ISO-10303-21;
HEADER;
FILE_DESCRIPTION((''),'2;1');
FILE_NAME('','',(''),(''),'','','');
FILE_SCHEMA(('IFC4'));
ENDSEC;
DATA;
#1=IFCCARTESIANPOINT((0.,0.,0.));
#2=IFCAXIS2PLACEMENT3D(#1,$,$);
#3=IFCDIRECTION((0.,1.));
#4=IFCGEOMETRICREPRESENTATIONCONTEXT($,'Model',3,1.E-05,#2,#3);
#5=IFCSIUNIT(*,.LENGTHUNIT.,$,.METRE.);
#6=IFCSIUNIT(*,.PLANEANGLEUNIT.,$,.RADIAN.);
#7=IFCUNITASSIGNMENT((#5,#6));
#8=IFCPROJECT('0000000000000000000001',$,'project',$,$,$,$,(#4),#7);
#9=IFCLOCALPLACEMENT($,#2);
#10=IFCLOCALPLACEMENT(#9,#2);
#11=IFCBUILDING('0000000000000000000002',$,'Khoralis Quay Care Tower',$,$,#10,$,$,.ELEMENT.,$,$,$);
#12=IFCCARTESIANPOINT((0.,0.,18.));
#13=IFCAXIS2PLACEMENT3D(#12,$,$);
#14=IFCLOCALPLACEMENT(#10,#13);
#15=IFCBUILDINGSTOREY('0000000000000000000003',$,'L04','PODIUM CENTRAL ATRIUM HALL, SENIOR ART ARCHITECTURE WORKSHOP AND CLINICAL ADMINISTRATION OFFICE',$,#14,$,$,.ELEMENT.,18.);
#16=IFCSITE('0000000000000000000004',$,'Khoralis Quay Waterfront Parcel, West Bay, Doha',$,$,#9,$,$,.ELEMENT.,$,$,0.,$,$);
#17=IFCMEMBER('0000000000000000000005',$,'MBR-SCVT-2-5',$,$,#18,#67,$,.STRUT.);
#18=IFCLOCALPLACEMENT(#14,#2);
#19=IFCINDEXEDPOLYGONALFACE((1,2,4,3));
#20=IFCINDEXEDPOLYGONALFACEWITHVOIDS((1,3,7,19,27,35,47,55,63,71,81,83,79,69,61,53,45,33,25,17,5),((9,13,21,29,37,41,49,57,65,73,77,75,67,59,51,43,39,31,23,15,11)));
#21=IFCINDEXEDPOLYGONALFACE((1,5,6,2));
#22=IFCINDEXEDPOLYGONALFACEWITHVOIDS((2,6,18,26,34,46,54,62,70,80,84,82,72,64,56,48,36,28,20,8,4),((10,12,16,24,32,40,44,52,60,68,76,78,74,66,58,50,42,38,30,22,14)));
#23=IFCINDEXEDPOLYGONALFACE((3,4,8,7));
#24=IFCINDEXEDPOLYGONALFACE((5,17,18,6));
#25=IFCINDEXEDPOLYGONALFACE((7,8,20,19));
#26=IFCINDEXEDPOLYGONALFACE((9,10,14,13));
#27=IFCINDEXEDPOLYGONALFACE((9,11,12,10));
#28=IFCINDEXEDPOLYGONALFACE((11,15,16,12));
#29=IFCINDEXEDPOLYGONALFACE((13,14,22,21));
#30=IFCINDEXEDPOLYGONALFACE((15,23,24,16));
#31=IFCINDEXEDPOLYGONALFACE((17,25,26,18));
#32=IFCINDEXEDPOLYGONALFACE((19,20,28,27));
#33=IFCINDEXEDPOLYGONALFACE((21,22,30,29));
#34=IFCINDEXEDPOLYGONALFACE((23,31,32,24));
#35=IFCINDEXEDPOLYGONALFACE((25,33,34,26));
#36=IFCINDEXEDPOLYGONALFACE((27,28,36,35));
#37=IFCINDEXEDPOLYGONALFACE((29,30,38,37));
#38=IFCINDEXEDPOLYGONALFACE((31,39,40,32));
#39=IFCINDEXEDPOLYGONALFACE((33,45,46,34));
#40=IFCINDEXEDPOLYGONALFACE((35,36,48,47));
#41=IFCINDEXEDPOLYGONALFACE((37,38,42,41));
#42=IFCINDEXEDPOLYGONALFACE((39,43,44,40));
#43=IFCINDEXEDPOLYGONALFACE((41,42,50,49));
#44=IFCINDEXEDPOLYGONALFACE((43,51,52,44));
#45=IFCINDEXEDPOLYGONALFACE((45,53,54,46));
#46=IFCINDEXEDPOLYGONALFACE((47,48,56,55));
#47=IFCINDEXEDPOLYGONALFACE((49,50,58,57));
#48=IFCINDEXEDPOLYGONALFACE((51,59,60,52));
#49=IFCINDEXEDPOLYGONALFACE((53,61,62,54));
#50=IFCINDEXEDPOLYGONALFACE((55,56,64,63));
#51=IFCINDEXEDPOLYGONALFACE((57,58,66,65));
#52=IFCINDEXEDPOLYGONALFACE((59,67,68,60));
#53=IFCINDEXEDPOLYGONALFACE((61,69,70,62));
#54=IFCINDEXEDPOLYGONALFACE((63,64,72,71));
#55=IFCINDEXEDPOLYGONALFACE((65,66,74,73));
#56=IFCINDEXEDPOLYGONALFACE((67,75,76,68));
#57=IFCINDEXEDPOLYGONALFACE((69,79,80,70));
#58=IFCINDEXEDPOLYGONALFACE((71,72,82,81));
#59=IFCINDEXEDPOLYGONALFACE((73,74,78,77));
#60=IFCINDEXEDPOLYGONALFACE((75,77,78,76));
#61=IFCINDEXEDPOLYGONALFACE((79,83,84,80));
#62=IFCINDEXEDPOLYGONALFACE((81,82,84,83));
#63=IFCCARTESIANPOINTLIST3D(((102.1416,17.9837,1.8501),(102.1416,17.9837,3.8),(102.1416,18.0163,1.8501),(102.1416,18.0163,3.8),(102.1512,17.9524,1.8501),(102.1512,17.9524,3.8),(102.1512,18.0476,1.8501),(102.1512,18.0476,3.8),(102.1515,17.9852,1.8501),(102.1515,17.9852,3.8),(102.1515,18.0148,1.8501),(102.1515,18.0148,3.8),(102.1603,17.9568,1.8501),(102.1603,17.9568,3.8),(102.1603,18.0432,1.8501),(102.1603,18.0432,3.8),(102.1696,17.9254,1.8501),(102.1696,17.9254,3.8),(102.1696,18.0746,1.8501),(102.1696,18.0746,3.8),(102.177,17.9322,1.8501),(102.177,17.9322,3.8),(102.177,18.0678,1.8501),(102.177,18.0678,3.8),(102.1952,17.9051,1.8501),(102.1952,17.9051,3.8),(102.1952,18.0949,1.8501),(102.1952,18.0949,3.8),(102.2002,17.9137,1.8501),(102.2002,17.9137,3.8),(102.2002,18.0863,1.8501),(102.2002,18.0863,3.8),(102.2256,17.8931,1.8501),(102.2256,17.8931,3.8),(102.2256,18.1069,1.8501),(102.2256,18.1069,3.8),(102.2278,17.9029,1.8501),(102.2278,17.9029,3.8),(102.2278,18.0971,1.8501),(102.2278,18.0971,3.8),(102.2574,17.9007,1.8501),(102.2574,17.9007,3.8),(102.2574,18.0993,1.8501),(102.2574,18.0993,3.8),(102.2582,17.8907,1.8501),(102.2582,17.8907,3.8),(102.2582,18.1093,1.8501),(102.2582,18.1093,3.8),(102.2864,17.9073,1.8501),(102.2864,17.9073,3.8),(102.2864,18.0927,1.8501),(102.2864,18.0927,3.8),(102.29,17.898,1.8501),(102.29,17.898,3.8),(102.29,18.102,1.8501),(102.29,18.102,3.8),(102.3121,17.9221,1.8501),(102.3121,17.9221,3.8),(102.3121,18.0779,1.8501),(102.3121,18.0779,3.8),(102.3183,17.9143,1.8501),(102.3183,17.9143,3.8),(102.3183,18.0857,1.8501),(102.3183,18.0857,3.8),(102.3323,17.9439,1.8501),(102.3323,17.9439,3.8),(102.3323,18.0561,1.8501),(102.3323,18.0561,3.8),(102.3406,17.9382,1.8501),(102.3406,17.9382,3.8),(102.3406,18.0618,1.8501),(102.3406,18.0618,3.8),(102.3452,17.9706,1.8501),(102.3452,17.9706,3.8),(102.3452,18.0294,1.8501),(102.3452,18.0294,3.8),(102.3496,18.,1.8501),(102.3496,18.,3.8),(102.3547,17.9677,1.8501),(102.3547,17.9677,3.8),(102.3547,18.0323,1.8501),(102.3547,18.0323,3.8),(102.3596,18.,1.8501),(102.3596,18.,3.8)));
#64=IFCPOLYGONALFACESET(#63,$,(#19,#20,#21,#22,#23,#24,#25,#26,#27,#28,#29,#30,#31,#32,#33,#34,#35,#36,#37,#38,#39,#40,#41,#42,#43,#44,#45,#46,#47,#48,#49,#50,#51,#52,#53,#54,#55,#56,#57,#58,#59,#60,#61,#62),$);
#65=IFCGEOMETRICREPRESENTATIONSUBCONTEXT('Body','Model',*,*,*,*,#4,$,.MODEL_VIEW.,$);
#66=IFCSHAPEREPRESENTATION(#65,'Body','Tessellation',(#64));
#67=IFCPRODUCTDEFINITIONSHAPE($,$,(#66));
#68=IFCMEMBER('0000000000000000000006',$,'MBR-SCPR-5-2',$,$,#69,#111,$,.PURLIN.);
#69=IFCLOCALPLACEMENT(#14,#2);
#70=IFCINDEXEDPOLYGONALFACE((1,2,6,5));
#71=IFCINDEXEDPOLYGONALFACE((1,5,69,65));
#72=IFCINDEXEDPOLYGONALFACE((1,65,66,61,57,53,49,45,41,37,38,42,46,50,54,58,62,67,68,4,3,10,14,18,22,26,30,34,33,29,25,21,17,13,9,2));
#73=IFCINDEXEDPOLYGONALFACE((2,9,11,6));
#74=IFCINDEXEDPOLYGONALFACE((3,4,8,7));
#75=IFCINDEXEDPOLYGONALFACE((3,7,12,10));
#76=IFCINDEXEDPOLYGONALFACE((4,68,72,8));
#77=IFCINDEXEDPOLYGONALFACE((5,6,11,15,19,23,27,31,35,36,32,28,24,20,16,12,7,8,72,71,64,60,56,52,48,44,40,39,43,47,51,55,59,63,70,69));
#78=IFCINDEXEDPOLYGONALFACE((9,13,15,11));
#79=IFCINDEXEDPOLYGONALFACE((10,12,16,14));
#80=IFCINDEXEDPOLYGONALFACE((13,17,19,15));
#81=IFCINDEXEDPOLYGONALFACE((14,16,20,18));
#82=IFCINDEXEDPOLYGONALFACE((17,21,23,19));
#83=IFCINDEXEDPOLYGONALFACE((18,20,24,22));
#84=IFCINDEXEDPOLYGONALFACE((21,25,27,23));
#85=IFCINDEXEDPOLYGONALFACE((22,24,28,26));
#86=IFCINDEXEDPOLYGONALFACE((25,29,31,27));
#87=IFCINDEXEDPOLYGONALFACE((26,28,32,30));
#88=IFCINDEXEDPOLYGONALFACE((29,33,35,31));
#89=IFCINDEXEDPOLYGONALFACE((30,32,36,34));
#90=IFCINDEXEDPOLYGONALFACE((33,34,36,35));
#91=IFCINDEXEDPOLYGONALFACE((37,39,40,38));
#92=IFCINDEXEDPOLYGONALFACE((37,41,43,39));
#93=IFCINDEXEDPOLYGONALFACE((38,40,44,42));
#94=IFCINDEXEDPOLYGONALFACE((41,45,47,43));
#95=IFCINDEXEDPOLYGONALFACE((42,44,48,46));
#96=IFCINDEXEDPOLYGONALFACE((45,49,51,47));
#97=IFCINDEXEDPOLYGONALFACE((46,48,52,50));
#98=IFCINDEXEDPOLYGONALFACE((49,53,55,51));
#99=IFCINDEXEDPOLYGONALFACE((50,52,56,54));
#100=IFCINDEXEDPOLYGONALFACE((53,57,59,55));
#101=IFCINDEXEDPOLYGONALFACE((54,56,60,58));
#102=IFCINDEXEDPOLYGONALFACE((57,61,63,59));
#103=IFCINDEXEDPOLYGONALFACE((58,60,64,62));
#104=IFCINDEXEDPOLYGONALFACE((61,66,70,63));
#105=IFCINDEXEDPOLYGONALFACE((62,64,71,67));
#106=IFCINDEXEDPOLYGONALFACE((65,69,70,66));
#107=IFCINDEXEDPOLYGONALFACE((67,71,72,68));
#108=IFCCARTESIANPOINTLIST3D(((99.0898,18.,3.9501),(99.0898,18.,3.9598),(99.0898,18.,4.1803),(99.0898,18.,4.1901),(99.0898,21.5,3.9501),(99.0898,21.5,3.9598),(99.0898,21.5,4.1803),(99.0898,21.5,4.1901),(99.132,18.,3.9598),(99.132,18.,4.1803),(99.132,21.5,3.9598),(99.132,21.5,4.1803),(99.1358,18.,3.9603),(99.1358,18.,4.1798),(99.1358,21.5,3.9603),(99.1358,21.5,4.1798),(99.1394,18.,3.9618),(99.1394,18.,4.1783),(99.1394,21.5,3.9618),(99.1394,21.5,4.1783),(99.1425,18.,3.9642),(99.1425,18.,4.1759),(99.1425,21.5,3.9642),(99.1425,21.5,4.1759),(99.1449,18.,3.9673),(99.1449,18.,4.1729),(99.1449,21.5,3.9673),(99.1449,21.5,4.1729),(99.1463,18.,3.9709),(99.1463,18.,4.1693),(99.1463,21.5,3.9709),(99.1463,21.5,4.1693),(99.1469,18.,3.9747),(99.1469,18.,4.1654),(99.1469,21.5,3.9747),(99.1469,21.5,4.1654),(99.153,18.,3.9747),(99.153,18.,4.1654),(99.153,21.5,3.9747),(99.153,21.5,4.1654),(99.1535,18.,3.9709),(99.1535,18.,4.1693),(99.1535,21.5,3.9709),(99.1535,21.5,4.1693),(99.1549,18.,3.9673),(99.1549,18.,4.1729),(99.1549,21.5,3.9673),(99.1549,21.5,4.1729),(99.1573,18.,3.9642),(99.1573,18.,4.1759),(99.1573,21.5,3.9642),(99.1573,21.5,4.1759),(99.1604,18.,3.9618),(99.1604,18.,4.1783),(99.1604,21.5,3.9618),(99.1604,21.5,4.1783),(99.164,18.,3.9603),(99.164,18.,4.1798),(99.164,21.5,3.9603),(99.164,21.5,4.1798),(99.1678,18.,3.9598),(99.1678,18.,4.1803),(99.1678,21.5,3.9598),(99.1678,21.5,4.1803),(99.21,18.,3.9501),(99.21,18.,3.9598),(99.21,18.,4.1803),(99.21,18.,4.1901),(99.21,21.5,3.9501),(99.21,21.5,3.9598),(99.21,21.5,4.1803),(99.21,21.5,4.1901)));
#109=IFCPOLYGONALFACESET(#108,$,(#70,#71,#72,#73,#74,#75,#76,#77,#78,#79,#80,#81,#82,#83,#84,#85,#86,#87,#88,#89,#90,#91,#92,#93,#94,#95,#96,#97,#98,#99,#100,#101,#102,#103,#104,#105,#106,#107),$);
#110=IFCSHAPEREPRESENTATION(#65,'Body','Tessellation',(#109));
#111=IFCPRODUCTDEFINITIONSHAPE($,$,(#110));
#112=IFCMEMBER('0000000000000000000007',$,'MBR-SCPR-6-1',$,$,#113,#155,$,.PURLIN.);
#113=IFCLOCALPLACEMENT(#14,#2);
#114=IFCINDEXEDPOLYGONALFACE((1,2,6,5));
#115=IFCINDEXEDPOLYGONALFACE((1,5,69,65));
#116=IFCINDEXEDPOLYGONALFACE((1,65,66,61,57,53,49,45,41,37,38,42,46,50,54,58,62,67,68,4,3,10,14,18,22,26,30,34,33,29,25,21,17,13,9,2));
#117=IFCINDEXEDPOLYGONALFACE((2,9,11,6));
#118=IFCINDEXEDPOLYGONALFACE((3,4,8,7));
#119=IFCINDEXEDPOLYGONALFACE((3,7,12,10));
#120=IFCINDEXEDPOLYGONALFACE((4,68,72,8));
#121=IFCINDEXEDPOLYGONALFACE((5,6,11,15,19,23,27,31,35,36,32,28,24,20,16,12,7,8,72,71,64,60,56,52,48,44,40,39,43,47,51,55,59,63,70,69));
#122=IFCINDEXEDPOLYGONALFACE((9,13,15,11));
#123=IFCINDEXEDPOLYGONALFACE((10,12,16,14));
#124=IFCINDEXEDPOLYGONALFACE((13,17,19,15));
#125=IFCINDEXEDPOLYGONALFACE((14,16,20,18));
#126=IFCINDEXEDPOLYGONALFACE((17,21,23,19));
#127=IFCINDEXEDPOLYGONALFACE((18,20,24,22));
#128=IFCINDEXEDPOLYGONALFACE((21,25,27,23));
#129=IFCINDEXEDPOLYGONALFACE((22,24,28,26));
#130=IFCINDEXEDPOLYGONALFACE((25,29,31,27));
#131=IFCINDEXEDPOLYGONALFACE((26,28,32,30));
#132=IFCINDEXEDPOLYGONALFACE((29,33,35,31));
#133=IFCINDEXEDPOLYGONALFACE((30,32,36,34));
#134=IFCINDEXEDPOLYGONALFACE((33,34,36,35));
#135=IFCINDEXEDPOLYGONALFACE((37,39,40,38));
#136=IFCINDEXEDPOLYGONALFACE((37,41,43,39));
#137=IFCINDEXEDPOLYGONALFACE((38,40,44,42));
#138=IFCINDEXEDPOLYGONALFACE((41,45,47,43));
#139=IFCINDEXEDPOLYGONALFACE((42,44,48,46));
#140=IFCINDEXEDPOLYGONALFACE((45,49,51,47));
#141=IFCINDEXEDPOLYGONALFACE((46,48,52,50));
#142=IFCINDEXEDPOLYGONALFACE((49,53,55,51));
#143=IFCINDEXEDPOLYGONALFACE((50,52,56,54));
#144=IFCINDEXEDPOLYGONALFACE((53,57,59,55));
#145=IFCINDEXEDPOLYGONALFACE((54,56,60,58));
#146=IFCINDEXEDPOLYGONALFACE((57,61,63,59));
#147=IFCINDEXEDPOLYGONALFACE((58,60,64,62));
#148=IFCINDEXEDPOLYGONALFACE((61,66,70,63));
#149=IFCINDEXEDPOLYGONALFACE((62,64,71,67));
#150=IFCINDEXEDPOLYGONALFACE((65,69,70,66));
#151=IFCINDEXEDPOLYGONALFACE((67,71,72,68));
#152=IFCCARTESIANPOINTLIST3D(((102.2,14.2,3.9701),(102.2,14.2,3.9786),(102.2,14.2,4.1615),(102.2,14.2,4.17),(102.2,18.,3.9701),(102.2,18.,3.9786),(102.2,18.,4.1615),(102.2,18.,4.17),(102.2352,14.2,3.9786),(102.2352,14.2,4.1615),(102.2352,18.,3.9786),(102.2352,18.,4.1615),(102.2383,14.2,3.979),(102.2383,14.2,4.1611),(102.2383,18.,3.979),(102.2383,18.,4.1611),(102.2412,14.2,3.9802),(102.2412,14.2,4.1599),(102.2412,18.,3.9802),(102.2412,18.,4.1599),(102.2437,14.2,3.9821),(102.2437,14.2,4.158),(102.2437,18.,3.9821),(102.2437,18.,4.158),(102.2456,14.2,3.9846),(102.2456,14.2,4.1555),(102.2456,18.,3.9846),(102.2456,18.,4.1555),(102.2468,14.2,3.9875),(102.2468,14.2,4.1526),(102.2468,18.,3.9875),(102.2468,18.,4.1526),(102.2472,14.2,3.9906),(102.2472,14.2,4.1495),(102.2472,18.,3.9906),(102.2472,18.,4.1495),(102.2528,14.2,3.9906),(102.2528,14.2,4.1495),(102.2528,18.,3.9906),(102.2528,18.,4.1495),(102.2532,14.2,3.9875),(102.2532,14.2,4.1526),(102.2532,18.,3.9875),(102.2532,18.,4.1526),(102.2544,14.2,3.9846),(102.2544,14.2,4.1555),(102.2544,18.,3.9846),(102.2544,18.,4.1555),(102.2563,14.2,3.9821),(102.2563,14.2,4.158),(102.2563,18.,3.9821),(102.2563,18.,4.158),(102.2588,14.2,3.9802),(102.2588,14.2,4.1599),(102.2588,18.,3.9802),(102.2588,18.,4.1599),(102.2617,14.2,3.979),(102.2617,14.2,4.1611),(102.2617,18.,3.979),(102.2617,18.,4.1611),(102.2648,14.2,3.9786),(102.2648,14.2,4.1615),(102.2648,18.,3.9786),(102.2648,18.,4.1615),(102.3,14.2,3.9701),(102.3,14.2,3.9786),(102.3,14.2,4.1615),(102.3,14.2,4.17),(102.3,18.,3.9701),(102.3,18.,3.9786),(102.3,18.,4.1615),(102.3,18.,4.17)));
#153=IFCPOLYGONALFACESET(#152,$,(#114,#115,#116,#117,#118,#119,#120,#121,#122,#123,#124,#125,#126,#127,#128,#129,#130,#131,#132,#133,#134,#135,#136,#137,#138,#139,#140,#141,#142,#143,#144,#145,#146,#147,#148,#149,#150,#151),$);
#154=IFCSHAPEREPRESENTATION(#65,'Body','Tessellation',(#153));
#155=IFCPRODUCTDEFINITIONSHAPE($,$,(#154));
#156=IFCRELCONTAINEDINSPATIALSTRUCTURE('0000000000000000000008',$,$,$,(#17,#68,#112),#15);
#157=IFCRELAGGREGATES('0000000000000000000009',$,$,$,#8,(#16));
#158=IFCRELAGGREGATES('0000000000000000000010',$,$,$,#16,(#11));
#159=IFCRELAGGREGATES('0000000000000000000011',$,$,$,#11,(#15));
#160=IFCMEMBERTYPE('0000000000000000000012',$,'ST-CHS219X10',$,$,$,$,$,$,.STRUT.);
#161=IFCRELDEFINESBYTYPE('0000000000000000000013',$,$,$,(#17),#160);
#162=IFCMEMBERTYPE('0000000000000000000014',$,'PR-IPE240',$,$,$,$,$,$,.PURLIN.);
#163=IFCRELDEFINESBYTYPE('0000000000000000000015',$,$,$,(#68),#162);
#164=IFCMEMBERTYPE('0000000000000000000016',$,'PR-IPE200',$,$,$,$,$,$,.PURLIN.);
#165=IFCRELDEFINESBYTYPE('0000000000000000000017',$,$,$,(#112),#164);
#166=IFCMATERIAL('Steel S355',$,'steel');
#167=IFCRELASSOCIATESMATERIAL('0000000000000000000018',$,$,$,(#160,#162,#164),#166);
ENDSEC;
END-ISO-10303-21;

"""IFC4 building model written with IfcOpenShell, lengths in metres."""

from ifc_helpers import new_model, si_unit, direction, frame, origin, origin_2d, place, context, subcontext, project, spatial, hollow_circle, i_section, extrude, source, transform, mapped, material, material_profile, profile_set, type_object, element, save


model = new_model("IFC4")

# Units and contexts
model_context = context("Model", 3, precision=1e-05, world=origin(), true_north=direction((0.0, 1.0)))
body_context = subcontext(model_context, "Body", "Model", "MODEL_VIEW")
ifc_project = project(units=[si_unit("LENGTHUNIT", "METRE"), si_unit("PLANEANGLEUNIT", "RADIAN")], contexts=[model_context])

# Site, building, storey
site_placement = place(None, origin())
site = spatial("IfcSite", under=ifc_project, at=site_placement, Name="Khoralis Quay Waterfront Parcel, West Bay, Doha", CompositionType="ELEMENT", RefElevation=0.0)
building_placement = place(site_placement, origin())
building = spatial("IfcBuilding", under=site, at=building_placement, Name="Khoralis Quay Care Tower", CompositionType="ELEMENT")
storey_placement = place(building_placement, frame((0.0, 0.0, 18.0)))
storey = spatial("IfcBuildingStorey", under=building, at=storey_placement, Name="L04", Description="PODIUM CENTRAL ATRIUM HALL, SENIOR ART ARCHITECTURE WORKSHOP AND CLINICAL ADMINISTRATION OFFICE", CompositionType="ELEMENT", Elevation=18.0)

# Members
ifc_material_1 = material(Name="Steel S355", Category="steel")
ifc_material_profile_1 = material_profile(ifc_material_1, hollow_circle(Radius=0.1096, WallThickness=0.01, at=origin_2d()), Name="Steel S355")
ifc_profile_set_1 = profile_set([ifc_material_profile_1], Name="Steel S355")
member_type_1 = type_object("IfcMemberType", Name="ST-CHS219X10", PredefinedType="STRUT", material=ifc_profile_set_1)
shared_shape_1 = source(origin(), body_context, "Body", "SweptSolid", [
    extrude(hollow_circle(Radius=0.1096, WallThickness=0.01, at=origin_2d()), origin(), (0.0, 0.0, 1.0), 1.95),
])
for number, where, z_axis, x_axis, name in (
    (1, (102.25, 18.0, 1.8501), (0.0, 0.0, 1.0), (1.0, 0.0, 0.0), "MBR-SCVT-2-5"),
):
    element("IfcMember", number, at=place(storey_placement, frame(where, z_axis=z_axis, x_axis=x_axis)), inside=storey, type_object=member_type_1, Name=name, PredefinedType="STRUT", context=body_context, shape_type="MappedRepresentation", body=[
        mapped(shared_shape_1, transform((0.0, 0.0, 0.0), scale=1.0)),
    ])
ifc_material_profile_2 = material_profile(ifc_material_1, i_section(OverallWidth=0.1201, OverallDepth=0.24, WebThickness=0.0061, FlangeThickness=0.0098, FilletRadius=0.0149, at=origin_2d()), Name="Steel S355")
ifc_profile_set_2 = profile_set([ifc_material_profile_2], Name="Steel S355")
member_type_2 = type_object("IfcMemberType", Name="PR-IPE240", PredefinedType="PURLIN", material=ifc_profile_set_2)
shared_shape_2 = source(origin(), body_context, "Body", "SweptSolid", [
    extrude(i_section(OverallWidth=0.1201, OverallDepth=0.24, WebThickness=0.0061, FlangeThickness=0.0098, FilletRadius=0.0149, at=origin_2d()), origin(), (0.0, 0.0, 1.0), 3.5),
])
member_1_placement = place(storey_placement, frame((99.1499, 18.0, 4.0701), z_axis=(0.0, 1.0, 0.0), x_axis=(-1.0, 0.0, 0.0)))
element("IfcMember", 2, at=member_1_placement, inside=storey, type_object=member_type_2, Name="MBR-SCPR-5-2", PredefinedType="PURLIN", context=body_context, shape_type="MappedRepresentation", body=[
    mapped(shared_shape_2, transform((0.0, 0.0, 0.0), scale=1.0)),
])
ifc_material_profile_3 = material_profile(ifc_material_1, i_section(OverallWidth=0.1001, OverallDepth=0.2, WebThickness=0.0056, FlangeThickness=0.0085, FilletRadius=0.012, at=origin_2d()), Name="Steel S355")
ifc_profile_set_3 = profile_set([ifc_material_profile_3], Name="Steel S355")
member_type_3 = type_object("IfcMemberType", Name="PR-IPE200", PredefinedType="PURLIN", material=ifc_profile_set_3)
shared_shape_3 = source(origin(), body_context, "Body", "SweptSolid", [
    extrude(i_section(OverallWidth=0.1001, OverallDepth=0.2, WebThickness=0.0056, FlangeThickness=0.0085, FilletRadius=0.012, at=origin_2d()), origin(), (0.0, 0.0, 1.0), 3.8),
])
member_2_placement = place(storey_placement, frame((102.25, 14.2, 4.0701), z_axis=(0.0, 1.0, 0.0), x_axis=(-1.0, 0.0, 0.0)))
element("IfcMember", 3, at=member_2_placement, inside=storey, type_object=member_type_3, Name="MBR-SCPR-6-1", PredefinedType="PURLIN", context=body_context, shape_type="MappedRepresentation", body=[
    mapped(shared_shape_3, transform((0.0, 0.0, 0.0), scale=1.0)),
])

save(model, "model.ifc")
